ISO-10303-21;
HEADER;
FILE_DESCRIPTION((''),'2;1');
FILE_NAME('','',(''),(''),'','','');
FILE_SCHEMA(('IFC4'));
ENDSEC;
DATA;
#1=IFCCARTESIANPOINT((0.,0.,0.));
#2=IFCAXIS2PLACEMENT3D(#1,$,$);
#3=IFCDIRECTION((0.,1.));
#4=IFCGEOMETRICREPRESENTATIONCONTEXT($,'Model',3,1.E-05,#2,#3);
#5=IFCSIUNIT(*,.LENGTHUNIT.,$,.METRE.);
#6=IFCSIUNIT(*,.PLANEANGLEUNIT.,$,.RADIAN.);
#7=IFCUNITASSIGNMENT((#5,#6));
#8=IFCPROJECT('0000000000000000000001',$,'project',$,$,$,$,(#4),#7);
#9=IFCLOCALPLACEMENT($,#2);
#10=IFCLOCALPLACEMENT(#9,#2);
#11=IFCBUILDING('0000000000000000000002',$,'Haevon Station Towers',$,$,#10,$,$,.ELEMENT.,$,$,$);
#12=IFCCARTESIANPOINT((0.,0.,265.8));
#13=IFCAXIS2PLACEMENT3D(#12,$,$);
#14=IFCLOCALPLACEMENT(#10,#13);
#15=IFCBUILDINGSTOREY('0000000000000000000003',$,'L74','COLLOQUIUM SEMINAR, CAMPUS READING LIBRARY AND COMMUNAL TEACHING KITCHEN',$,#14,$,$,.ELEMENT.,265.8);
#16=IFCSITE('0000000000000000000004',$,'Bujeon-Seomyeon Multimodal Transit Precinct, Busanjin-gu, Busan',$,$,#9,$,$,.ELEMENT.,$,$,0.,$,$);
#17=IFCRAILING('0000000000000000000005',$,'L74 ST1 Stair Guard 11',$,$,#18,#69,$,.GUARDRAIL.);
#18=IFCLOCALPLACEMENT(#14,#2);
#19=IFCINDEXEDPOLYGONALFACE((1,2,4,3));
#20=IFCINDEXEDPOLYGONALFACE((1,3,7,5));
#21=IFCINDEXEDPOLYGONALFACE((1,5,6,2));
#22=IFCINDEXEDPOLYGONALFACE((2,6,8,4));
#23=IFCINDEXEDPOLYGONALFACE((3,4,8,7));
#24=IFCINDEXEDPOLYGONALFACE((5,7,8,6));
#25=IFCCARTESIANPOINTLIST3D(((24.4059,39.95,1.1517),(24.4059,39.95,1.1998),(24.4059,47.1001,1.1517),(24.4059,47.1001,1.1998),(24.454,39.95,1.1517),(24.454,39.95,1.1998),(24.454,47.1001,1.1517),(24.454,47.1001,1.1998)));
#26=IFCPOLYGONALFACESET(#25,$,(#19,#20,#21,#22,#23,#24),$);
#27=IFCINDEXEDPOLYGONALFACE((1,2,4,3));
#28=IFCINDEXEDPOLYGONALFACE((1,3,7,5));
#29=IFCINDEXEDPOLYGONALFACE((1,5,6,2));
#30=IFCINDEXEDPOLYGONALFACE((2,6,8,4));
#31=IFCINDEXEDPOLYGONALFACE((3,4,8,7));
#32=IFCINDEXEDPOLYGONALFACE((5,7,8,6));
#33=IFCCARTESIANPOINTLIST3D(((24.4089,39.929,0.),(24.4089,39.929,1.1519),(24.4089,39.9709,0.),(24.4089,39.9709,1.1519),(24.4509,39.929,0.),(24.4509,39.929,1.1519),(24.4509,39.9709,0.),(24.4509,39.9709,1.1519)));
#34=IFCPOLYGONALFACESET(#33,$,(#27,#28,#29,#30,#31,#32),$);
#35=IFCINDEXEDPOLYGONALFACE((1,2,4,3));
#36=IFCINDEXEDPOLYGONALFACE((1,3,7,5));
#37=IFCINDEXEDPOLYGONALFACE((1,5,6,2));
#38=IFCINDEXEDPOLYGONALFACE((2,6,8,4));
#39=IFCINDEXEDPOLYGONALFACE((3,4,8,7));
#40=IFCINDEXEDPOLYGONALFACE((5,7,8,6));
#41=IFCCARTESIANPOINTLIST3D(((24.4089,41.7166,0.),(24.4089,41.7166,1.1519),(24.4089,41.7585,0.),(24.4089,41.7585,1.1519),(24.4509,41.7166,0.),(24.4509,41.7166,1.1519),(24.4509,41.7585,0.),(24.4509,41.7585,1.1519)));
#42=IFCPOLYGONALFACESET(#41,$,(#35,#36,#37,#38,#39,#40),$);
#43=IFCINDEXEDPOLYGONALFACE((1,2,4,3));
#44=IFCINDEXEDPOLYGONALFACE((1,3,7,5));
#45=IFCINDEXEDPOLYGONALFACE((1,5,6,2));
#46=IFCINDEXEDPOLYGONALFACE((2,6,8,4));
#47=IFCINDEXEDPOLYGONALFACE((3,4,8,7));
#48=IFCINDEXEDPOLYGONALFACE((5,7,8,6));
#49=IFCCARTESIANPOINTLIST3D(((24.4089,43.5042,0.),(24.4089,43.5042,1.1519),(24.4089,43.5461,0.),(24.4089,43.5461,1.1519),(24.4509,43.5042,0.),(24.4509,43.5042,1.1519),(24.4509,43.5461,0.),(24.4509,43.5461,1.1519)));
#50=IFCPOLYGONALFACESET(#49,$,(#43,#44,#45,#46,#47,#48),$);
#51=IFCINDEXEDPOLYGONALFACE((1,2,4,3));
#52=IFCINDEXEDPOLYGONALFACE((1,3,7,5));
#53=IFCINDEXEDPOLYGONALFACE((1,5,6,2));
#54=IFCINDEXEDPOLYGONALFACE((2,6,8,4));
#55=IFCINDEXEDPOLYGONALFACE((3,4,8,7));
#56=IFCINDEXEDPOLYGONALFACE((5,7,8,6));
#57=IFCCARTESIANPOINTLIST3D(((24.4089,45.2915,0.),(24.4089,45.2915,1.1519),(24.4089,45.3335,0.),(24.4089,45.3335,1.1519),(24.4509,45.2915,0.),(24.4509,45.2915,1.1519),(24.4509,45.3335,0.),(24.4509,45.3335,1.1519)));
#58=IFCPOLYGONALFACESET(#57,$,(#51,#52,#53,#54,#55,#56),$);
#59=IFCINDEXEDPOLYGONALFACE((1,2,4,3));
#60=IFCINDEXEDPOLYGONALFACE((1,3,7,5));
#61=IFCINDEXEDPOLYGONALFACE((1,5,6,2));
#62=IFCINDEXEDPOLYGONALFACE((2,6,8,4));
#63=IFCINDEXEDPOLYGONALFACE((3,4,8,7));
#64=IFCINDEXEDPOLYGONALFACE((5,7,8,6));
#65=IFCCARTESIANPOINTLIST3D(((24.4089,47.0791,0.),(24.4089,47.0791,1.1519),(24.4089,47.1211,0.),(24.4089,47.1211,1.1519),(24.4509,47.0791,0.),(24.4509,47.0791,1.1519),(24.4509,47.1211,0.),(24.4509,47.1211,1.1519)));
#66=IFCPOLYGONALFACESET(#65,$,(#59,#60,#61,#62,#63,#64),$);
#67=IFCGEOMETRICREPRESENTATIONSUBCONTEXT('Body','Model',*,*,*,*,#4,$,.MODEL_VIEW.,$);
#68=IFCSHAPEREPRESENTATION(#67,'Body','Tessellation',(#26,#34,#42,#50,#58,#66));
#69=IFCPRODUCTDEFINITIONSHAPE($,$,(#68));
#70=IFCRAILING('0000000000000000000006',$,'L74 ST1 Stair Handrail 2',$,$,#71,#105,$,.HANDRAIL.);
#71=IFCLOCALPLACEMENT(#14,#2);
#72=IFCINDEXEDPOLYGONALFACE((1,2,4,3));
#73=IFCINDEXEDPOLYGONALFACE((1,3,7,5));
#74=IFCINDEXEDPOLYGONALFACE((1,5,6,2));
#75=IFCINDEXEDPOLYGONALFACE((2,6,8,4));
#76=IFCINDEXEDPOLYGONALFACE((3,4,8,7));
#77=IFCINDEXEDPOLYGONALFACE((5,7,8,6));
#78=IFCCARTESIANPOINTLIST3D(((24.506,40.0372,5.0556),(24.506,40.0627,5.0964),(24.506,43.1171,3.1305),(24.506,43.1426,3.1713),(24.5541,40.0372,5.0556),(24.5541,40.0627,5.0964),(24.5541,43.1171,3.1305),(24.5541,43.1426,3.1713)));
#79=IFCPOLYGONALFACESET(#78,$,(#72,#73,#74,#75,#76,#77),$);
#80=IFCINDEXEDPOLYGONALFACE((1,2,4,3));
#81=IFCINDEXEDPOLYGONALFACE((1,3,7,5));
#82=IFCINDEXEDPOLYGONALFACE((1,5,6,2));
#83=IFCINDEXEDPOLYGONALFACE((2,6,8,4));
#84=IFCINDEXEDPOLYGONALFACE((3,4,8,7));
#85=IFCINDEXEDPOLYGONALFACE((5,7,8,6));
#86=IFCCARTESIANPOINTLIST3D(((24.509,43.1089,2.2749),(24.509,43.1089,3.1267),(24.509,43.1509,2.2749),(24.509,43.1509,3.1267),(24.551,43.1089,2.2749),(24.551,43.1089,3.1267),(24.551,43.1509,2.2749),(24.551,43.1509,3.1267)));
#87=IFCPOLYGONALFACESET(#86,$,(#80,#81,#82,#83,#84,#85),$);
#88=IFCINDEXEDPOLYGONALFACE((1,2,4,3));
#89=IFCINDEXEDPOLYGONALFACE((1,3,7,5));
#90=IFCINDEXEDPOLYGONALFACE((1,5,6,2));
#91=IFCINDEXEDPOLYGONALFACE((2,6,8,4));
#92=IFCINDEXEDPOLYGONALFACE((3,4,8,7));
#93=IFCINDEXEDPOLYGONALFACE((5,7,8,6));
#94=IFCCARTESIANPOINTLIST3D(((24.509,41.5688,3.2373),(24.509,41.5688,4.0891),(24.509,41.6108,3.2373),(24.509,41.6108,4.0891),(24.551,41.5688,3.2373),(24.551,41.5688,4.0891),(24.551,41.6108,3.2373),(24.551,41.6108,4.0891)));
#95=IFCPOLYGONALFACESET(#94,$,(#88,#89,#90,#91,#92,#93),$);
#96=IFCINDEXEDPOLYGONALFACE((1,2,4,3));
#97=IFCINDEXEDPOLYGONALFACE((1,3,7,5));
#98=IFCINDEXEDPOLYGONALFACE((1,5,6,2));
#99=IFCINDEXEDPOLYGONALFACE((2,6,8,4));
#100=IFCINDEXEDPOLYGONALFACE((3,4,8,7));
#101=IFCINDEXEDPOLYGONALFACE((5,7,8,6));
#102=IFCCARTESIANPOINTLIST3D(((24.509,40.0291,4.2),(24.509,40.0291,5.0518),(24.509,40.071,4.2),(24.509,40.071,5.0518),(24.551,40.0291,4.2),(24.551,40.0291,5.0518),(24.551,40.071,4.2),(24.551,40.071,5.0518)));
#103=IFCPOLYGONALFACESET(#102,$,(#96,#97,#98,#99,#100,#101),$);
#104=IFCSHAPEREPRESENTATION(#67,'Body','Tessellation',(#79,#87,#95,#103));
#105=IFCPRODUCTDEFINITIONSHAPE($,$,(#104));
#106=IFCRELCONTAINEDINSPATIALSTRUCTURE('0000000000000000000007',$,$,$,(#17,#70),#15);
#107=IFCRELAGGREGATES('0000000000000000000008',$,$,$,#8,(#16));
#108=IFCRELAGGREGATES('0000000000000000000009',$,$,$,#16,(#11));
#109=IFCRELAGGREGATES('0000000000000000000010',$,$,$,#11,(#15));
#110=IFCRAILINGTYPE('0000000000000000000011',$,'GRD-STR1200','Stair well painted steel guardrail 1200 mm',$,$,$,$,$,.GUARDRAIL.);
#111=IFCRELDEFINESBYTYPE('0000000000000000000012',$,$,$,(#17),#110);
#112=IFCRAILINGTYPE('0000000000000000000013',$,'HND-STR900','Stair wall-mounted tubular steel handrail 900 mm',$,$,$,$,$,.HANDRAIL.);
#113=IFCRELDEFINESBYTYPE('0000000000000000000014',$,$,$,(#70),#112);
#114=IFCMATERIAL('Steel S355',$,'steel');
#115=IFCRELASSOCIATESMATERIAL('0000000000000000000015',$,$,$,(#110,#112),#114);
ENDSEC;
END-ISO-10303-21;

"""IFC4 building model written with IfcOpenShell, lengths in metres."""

from ifc_helpers import new_model, si_unit, direction, frame, origin, origin_2d, place, context, subcontext, project, spatial, rectangle, extrude, material, type_object, element, save


model = new_model("IFC4")

# Units and contexts
model_context = context("Model", 3, precision=1e-05, world=origin(), true_north=direction((0.0, 1.0)))
body_context = subcontext(model_context, "Body", "Model", "MODEL_VIEW")
ifc_project = project(units=[si_unit("LENGTHUNIT", "METRE"), si_unit("PLANEANGLEUNIT", "RADIAN")], contexts=[model_context])

# Site, building, storey
site_placement = place(None, origin())
site = spatial("IfcSite", under=ifc_project, at=site_placement, Name="Bujeon-Seomyeon Multimodal Transit Precinct, Busanjin-gu, Busan", CompositionType="ELEMENT", RefElevation=0.0)
building_placement = place(site_placement, origin())
building = spatial("IfcBuilding", under=site, at=building_placement, Name="Haevon Station Towers", CompositionType="ELEMENT")
storey_placement = place(building_placement, frame((0.0, 0.0, 265.8)))
storey = spatial("IfcBuildingStorey", under=building, at=storey_placement, Name="L74", Description="COLLOQUIUM SEMINAR, CAMPUS READING LIBRARY AND COMMUNAL TEACHING KITCHEN", CompositionType="ELEMENT", Elevation=265.8)

# Shared definitions
ifc_material_1 = material(Name="Steel S355", Category="steel")

# Railings
railing_type_1 = type_object("IfcRailingType", Name="GRD-STR1200", Description="Stair well painted steel guardrail 1200 mm", PredefinedType="GUARDRAIL", material=ifc_material_1)
railing_1_placement = place(storey_placement, frame((24.4299, 39.95, 0.0)))
element("IfcRailing", 1, at=railing_1_placement, inside=storey, type_object=railing_type_1, Name="L74 ST1 Stair Guard 11", PredefinedType="GUARDRAIL", context=body_context, shape_type="SweptSolid", body=[
    extrude(rectangle(XDim=0.0481, YDim=0.0481, at=origin_2d()), frame((0.0, 0.0, 1.1758), z_axis=(0.0, 1.0, 0.0), x_axis=(-1.0, 0.0, 0.0)), (0.0, 0.0, 1.0), 7.1501),
    extrude(rectangle(XDim=0.042, YDim=0.042, at=origin_2d()), origin(), (0.0, 0.0, 1.0), 1.1519),
    extrude(rectangle(XDim=0.042, YDim=0.042, at=origin_2d()), frame((0.0, 1.7876, 0.0)), (0.0, 0.0, 1.0), 1.1519),
    extrude(rectangle(XDim=0.042, YDim=0.042, at=origin_2d()), frame((0.0, 3.5752, 0.0)), (0.0, 0.0, 1.0), 1.1519),
    extrude(rectangle(XDim=0.042, YDim=0.042, at=origin_2d()), frame((0.0, 5.3625, 0.0)), (0.0, 0.0, 1.0), 1.1519),
    extrude(rectangle(XDim=0.042, YDim=0.042, at=origin_2d()), frame((0.0, 7.1501, 0.0)), (0.0, 0.0, 1.0), 1.1519),
])
railing_type_2 = type_object("IfcRailingType", Name="HND-STR900", Description="Stair wall-mounted tubular steel handrail 900 mm", PredefinedType="HANDRAIL", material=ifc_material_1)
railing_2_placement = place(storey_placement, frame((24.53, 43.1299, 2.2749)))
element("IfcRailing", 2, at=railing_2_placement, inside=storey, type_object=railing_type_2, Name="L74 ST1 Stair Handrail 2", PredefinedType="HANDRAIL", context=body_context, shape_type="SweptSolid", body=[
    extrude(rectangle(XDim=0.0481, YDim=0.0481, at=origin_2d()), frame((0.0, 0.0, 0.876), z_axis=(0.0, -0.847979, 0.530029), x_axis=(1.0, 0.0, 0.0)), (0.0, 0.0, 1.0), 3.6321),
    extrude(rectangle(XDim=0.042, YDim=0.042, at=origin_2d()), origin(), (0.0, 0.0, 1.0), 0.8518),
    extrude(rectangle(XDim=0.042, YDim=0.042, at=origin_2d()), frame((0.0, -1.54, 0.9624)), (0.0, 0.0, 1.0), 0.8518),
    extrude(rectangle(XDim=0.042, YDim=0.042, at=origin_2d()), frame((0.0, -3.0798, 1.925)), (0.0, 0.0, 1.0), 0.8518),
])

save(model, "model.ifc")
